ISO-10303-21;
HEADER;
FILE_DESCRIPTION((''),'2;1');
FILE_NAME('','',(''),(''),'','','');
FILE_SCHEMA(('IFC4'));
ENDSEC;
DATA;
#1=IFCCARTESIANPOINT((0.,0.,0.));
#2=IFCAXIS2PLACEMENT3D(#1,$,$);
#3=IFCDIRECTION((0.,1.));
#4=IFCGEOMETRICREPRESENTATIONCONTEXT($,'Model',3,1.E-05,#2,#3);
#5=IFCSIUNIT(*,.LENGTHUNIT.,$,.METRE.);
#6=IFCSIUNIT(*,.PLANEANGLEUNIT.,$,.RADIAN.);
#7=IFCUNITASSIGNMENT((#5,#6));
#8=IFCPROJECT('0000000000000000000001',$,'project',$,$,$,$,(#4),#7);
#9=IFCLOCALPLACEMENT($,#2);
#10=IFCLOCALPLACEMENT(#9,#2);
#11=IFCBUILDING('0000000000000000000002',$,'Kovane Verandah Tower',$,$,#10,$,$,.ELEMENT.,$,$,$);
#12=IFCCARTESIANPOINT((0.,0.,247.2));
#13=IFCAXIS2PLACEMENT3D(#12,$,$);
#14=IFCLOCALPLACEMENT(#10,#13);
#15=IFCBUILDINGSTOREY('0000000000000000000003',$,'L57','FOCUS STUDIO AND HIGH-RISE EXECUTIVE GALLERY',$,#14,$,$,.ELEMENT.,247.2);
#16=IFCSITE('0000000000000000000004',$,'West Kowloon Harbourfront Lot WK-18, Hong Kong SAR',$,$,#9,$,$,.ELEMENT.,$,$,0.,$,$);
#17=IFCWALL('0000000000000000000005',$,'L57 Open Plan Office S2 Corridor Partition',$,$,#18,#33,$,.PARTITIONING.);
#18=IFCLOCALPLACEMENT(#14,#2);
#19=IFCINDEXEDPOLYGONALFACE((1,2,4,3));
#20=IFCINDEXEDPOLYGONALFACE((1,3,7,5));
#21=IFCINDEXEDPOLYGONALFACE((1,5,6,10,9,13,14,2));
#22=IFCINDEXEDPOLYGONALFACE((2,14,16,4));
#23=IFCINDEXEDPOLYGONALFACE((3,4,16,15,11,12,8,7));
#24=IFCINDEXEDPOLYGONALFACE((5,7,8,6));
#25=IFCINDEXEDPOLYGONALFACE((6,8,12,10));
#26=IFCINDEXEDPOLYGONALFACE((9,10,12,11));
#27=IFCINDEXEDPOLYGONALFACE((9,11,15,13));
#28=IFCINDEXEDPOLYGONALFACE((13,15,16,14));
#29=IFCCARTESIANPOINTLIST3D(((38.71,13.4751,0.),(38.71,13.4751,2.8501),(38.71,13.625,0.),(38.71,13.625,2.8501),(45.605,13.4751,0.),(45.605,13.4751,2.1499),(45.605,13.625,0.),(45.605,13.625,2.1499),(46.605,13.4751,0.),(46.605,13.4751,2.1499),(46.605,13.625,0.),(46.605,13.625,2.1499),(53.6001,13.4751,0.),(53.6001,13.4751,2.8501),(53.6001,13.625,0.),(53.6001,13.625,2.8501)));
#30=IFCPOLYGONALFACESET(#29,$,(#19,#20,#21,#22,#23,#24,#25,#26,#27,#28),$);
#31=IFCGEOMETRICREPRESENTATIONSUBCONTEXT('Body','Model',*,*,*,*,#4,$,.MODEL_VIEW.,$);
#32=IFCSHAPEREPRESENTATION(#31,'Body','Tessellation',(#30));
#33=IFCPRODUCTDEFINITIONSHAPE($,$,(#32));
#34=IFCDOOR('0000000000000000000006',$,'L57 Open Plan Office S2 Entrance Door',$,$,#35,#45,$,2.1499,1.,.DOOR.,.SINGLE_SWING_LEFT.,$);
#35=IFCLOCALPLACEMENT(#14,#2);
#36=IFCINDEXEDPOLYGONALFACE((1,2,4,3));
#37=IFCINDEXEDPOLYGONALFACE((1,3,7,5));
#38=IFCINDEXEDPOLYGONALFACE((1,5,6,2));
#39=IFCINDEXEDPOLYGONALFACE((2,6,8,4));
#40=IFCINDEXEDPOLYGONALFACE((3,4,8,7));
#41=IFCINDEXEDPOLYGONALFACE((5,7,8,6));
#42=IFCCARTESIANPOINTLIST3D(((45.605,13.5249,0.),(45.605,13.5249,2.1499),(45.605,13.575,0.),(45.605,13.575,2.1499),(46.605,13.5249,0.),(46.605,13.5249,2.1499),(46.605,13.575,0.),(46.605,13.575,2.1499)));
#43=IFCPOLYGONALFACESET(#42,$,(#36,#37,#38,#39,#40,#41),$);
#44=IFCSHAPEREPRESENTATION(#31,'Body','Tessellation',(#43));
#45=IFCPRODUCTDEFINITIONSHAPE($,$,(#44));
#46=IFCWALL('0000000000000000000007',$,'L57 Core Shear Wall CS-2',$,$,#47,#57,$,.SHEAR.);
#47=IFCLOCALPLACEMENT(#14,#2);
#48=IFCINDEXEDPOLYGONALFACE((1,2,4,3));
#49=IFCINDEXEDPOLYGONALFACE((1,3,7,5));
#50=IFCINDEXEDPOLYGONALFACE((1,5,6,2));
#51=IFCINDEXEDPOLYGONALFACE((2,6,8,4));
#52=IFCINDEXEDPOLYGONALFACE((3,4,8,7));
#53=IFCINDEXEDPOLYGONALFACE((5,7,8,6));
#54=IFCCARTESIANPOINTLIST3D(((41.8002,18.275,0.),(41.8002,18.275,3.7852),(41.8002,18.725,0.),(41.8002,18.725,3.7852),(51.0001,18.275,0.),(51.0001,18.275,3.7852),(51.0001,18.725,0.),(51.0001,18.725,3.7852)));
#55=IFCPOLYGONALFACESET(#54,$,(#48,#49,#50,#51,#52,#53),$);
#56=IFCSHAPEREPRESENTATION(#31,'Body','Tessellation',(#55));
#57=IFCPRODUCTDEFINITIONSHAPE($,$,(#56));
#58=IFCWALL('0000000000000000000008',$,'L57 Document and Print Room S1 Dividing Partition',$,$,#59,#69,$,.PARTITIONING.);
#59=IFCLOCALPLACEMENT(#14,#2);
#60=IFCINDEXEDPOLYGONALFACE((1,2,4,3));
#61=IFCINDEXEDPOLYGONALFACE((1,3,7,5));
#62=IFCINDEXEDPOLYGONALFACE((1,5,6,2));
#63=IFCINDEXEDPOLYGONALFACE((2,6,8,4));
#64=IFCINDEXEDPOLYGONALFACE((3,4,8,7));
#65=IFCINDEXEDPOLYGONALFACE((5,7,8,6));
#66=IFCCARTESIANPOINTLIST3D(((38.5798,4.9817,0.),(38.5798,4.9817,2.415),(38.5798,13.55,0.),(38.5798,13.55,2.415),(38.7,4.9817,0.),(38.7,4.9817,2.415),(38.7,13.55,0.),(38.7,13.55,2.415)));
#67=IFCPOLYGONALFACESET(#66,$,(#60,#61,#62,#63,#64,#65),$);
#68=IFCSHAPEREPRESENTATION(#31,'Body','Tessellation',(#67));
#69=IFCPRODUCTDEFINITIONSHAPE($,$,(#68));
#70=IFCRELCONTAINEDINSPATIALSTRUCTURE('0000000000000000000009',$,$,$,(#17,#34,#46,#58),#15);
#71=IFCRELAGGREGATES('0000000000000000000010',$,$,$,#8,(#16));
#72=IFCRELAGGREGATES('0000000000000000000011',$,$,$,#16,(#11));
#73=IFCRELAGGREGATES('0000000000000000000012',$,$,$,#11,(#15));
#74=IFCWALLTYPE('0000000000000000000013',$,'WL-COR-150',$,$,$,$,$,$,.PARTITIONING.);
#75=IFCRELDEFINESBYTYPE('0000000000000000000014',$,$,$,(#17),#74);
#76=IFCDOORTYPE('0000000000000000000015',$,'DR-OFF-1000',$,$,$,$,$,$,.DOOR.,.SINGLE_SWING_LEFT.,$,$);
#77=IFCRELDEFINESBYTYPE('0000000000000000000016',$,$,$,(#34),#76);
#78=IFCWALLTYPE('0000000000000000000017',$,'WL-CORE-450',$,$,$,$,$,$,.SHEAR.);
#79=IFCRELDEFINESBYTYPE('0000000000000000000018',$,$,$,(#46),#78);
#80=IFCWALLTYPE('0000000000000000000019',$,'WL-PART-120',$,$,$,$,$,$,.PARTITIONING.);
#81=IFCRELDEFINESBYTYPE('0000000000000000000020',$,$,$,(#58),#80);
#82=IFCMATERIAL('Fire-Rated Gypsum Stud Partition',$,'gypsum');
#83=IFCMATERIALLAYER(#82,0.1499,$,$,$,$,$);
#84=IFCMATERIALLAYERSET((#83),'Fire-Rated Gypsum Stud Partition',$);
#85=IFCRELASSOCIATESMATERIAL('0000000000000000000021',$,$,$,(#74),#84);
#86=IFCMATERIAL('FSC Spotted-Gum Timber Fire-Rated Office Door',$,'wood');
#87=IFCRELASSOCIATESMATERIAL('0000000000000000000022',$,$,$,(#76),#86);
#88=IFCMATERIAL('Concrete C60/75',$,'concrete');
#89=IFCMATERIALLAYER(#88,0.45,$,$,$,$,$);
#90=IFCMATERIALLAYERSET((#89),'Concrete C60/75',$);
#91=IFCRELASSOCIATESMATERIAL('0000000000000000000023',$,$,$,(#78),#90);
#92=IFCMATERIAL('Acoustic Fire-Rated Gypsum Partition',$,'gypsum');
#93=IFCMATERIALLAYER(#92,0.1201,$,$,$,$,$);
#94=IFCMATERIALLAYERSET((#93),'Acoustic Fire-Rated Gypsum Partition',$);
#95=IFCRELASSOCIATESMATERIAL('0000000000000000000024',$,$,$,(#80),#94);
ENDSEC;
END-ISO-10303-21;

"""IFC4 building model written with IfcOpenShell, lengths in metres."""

from ifc_helpers import new_model, si_unit, direction, frame, frame_2d, origin, place, context, subcontext, project, spatial, rectangle, extrude, material, layer, layer_set, type_object, element, fill, save


model = new_model("IFC4")

# Units and contexts
model_context = context("Model", 3, precision=1e-05, world=origin(), true_north=direction((0.0, 1.0)))
body_context = subcontext(model_context, "Body", "Model", "MODEL_VIEW")
ifc_project = project(units=[si_unit("LENGTHUNIT", "METRE"), si_unit("PLANEANGLEUNIT", "RADIAN")], contexts=[model_context])

# Site, building, storey
site_placement = place(None, origin())
site = spatial("IfcSite", under=ifc_project, at=site_placement, Name="West Kowloon Harbourfront Lot WK-18, Hong Kong SAR", CompositionType="ELEMENT", RefElevation=0.0)
building_placement = place(site_placement, origin())
building = spatial("IfcBuilding", under=site, at=building_placement, Name="Kovane Verandah Tower", CompositionType="ELEMENT")
storey_placement = place(building_placement, frame((0.0, 0.0, 247.2)))
storey = spatial("IfcBuildingStorey", under=building, at=storey_placement, Name="L57", Description="FOCUS STUDIO AND HIGH-RISE EXECUTIVE GALLERY", CompositionType="ELEMENT", Elevation=247.2)

# Shared definitions
ifc_material_1 = material(Name="Concrete C60/75", Category="concrete")

# Wall, opening, door
ifc_material_2 = material(Name="Fire-Rated Gypsum Stud Partition", Category="gypsum")
ifc_layer_1 = layer(ifc_material_2, 0.1499)
ifc_layer_set_1 = layer_set([ifc_layer_1], Name="Fire-Rated Gypsum Stud Partition")
wall_type_1 = type_object("IfcWallType", Name="WL-COR-150", PredefinedType="PARTITIONING", material=ifc_layer_set_1)
wall_1_placement = place(storey_placement, frame((38.71, 13.55, 0.0), z_axis=(0.0, 0.0, 1.0), x_axis=(1.0, 0.0, 0.0)))
wall_1 = element("IfcWall", 1, at=wall_1_placement, inside=storey, type_object=wall_type_1, Name="L57 Open Plan Office S2 Corridor Partition", PredefinedType="PARTITIONING", context=body_context, shape_type="SweptSolid", body=[
    extrude(rectangle(XDim=14.8901, YDim=0.1499, at=frame_2d((7.4451, 0.0))), origin(), (0.0, 0.0, 1.0), 2.8501),
])
opening_placement = place(wall_1_placement, frame((6.895, 0.0, 0.0)))
opening = element("IfcOpeningElement", 2, at=opening_placement, cuts=wall_1, PredefinedType="OPENING", context=body_context, shape_type="SweptSolid", body=[
    extrude(rectangle(XDim=1.0, YDim=2.1499, at=frame_2d((0.5, 1.075))), frame((0.0, 0.075, 0.0), z_axis=(0.0, -1.0, 0.0), x_axis=(1.0, 0.0, 0.0)), (0.0, 0.0, 1.0), 0.1499),
])
ifc_material_3 = material(Name="FSC Spotted-Gum Timber Fire-Rated Office Door", Category="wood")
door_type = type_object("IfcDoorType", Name="DR-OFF-1000", OperationType="SINGLE_SWING_LEFT", PredefinedType="DOOR", material=ifc_material_3)
door_placement = place(opening_placement, origin())
door = element("IfcDoor", 3, at=door_placement, inside=storey, type_object=door_type, Name="L57 Open Plan Office S2 Entrance Door", OperationType="SINGLE_SWING_LEFT", OverallHeight=2.1499, OverallWidth=1.0, PredefinedType="DOOR", context=body_context, shape_type="SweptSolid", body=[
    extrude(rectangle(XDim=1.0, YDim=2.1499, at=frame_2d((0.5, 1.075))), frame((0.0, 0.0249, 0.0), z_axis=(0.0, -1.0, 0.0), x_axis=(1.0, 0.0, 0.0)), (0.0, 0.0, 1.0), 0.05),
])
fill(opening, door)

# Walls
ifc_layer_2 = layer(ifc_material_1, 0.45)
ifc_layer_set_2 = layer_set([ifc_layer_2], Name="Concrete C60/75")
wall_type_2 = type_object("IfcWallType", Name="WL-CORE-450", PredefinedType="SHEAR", material=ifc_layer_set_2)
wall_2_placement = place(storey_placement, frame((41.8, 18.5, 0.0), z_axis=(0.0, 0.0, 1.0), x_axis=(1.0, 0.0, 0.0)))
element("IfcWall", 4, at=wall_2_placement, inside=storey, type_object=wall_type_2, Name="L57 Core Shear Wall CS-2", PredefinedType="SHEAR", context=body_context, shape_type="SweptSolid", body=[
    extrude(rectangle(XDim=9.2, YDim=0.45, at=frame_2d((4.6001, 0.0))), origin(), (0.0, 0.0, 1.0), 3.7852),
])
ifc_material_4 = material(Name="Acoustic Fire-Rated Gypsum Partition", Category="gypsum")
ifc_layer_3 = layer(ifc_material_4, 0.1201)
ifc_layer_set_3 = layer_set([ifc_layer_3], Name="Acoustic Fire-Rated Gypsum Partition")
wall_type_3 = type_object("IfcWallType", Name="WL-PART-120", PredefinedType="PARTITIONING", material=ifc_layer_set_3)
wall_3_placement = place(storey_placement, frame((38.6399, 4.9817, 0.0), z_axis=(0.0, 0.0, 1.0), x_axis=(0.0, 1.0, 0.0)))
element("IfcWall", 5, at=wall_3_placement, inside=storey, type_object=wall_type_3, Name="L57 Document and Print Room S1 Dividing Partition", PredefinedType="PARTITIONING", context=body_context, shape_type="SweptSolid", body=[
    extrude(rectangle(XDim=8.5684, YDim=0.1201, at=frame_2d((4.2842, 0.0))), origin(), (0.0, 0.0, 1.0), 2.415),
])

save(model, "model.ifc")
